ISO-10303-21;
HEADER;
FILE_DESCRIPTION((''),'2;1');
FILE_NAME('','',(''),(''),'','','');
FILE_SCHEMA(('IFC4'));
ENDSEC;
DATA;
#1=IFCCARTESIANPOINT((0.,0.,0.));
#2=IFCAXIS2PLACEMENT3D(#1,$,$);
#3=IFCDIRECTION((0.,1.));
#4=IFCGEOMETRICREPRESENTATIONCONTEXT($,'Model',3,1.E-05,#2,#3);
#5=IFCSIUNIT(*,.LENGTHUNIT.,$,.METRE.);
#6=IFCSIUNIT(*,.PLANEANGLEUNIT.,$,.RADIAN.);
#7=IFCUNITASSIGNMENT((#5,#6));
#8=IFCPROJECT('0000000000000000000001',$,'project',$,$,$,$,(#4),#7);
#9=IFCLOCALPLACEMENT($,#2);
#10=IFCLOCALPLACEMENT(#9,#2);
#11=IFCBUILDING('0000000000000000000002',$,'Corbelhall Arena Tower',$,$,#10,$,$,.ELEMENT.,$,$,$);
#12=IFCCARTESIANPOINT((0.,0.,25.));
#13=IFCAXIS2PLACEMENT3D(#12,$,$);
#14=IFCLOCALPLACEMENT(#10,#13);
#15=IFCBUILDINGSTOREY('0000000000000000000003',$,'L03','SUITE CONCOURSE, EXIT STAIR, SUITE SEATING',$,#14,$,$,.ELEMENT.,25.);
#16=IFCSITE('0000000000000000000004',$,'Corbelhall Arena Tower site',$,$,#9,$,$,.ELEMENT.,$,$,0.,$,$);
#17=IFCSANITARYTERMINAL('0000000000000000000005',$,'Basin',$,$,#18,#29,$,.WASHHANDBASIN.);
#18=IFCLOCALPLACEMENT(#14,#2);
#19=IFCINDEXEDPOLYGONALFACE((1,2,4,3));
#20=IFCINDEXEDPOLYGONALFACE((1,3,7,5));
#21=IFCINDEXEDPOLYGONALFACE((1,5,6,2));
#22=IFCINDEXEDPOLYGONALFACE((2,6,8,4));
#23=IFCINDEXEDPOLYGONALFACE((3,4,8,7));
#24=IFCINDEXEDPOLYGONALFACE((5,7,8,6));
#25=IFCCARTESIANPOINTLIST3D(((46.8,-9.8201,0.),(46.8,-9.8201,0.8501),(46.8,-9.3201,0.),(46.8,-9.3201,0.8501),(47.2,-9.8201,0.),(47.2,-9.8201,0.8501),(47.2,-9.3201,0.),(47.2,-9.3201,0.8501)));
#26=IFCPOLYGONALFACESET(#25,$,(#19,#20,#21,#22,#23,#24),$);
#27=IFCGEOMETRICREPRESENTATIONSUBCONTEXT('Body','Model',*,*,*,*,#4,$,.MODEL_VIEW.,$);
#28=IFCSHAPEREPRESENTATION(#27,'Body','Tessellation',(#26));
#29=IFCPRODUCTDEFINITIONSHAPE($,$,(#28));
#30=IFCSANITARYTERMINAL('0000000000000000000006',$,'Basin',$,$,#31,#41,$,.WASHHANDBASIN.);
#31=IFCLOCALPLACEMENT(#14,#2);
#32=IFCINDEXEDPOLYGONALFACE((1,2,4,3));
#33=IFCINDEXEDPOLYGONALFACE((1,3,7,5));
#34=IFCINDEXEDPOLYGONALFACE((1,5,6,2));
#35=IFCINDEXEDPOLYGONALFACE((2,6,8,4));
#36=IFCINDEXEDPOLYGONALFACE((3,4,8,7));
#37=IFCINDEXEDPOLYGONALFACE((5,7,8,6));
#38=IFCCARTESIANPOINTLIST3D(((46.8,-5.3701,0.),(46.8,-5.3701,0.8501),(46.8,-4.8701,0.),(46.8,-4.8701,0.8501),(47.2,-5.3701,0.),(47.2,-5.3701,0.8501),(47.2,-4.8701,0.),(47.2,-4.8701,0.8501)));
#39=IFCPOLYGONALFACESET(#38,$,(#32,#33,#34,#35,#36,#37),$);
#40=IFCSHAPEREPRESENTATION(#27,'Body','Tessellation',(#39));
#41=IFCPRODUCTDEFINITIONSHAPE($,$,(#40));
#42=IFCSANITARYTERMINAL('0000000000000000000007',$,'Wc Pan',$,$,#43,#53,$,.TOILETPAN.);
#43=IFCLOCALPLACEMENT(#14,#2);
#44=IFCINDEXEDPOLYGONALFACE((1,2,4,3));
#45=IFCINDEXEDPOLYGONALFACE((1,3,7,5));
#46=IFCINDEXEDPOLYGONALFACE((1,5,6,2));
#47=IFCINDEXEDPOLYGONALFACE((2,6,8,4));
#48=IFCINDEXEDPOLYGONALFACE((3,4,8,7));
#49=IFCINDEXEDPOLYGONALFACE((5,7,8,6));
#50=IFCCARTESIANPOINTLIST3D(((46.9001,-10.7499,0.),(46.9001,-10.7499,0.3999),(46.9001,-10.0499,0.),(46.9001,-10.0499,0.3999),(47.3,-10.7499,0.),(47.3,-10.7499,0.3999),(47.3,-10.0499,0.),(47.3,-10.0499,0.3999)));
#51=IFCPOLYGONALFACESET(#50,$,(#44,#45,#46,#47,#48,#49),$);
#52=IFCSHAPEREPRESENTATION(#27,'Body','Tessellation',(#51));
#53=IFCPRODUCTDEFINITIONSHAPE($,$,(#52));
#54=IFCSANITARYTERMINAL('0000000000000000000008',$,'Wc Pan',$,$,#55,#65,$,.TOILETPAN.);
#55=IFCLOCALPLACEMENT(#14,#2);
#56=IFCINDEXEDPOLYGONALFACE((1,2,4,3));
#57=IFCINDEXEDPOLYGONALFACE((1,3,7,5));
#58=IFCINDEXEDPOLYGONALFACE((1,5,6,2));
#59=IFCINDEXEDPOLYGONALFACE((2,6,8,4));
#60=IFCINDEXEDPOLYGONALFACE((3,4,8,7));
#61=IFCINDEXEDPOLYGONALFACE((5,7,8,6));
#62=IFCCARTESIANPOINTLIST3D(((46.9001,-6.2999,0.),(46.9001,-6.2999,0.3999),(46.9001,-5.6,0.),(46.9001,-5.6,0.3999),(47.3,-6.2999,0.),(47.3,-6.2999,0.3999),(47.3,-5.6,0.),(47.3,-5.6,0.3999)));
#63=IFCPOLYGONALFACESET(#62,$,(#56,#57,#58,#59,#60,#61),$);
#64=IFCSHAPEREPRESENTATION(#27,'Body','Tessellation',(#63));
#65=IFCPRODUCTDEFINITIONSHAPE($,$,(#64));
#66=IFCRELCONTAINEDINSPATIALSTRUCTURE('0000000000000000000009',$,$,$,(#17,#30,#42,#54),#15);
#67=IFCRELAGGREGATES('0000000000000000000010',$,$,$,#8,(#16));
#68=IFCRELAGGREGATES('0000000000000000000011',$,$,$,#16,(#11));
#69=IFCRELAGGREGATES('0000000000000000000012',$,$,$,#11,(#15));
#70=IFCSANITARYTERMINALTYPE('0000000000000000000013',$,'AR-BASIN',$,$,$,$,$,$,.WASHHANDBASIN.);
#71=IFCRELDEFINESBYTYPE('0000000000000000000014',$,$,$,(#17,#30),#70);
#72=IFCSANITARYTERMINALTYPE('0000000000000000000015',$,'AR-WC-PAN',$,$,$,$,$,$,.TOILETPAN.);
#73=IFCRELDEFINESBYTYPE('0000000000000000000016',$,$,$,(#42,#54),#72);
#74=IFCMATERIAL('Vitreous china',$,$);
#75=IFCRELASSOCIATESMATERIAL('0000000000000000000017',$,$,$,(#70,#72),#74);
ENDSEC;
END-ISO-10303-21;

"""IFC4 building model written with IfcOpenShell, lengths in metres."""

from ifc_helpers import new_model, si_unit, direction, frame, origin, origin_2d, place, context, subcontext, project, spatial, rectangle, extrude, material, type_object, element, save


model = new_model("IFC4")

# Units and contexts
model_context = context("Model", 3, precision=1e-05, world=origin(), true_north=direction((0.0, 1.0)))
body_context = subcontext(model_context, "Body", "Model", "MODEL_VIEW")
ifc_project = project(units=[si_unit("LENGTHUNIT", "METRE"), si_unit("PLANEANGLEUNIT", "RADIAN")], contexts=[model_context])

# Site, building, storey
site_placement = place(None, origin())
site = spatial("IfcSite", under=ifc_project, at=site_placement, Name="Corbelhall Arena Tower site", CompositionType="ELEMENT", RefElevation=0.0)
building_placement = place(site_placement, origin())
building = spatial("IfcBuilding", under=site, at=building_placement, Name="Corbelhall Arena Tower", CompositionType="ELEMENT")
storey_placement = place(building_placement, frame((0.0, 0.0, 25.0)))
storey = spatial("IfcBuildingStorey", under=building, at=storey_placement, Name="L03", Description="SUITE CONCOURSE, EXIT STAIR, SUITE SEATING", CompositionType="ELEMENT", Elevation=25.0)

# Sanitary terminals
ifc_material_1 = material(Name="Vitreous china")
sanitary_terminal_type_1 = type_object("IfcSanitaryTerminalType", Name="AR-BASIN", PredefinedType="WASHHANDBASIN", material=ifc_material_1)
for number, where, z_axis, x_axis, name in (
    (1, (47.0, -9.5701, 0.0), (0.0, 0.0, 1.0), (1.0, 0.0, 0.0), "Basin"),
    (2, (47.0, -5.1201, 0.0), (0.0, 0.0, 1.0), (1.0, 0.0, 0.0), "Basin"),
):
    element("IfcSanitaryTerminal", number, at=place(storey_placement, frame(where, z_axis=z_axis, x_axis=x_axis)), inside=storey, type_object=sanitary_terminal_type_1, Name=name, PredefinedType="WASHHANDBASIN", context=body_context, shape_type="SweptSolid", body=[
        extrude(rectangle(XDim=0.3999, YDim=0.5, at=origin_2d()), origin(), (0.0, 0.0, 1.0), 0.8501),
    ])
sanitary_terminal_type_2 = type_object("IfcSanitaryTerminalType", Name="AR-WC-PAN", PredefinedType="TOILETPAN", material=ifc_material_1)
for number, where, z_axis, x_axis, name in (
    (3, (47.1001, -10.3999, 0.0), (0.0, 0.0, 1.0), (1.0, 0.0, 0.0), "Wc Pan"),
    (4, (47.1001, -5.95, 0.0), (0.0, 0.0, 1.0), (1.0, 0.0, 0.0), "Wc Pan"),
):
    element("IfcSanitaryTerminal", number, at=place(storey_placement, frame(where, z_axis=z_axis, x_axis=x_axis)), inside=storey, type_object=sanitary_terminal_type_2, Name=name, PredefinedType="TOILETPAN", context=body_context, shape_type="SweptSolid", body=[
        extrude(rectangle(XDim=0.3999, YDim=0.7, at=origin_2d()), origin(), (0.0, 0.0, 1.0), 0.3999),
    ])

save(model, "model.ifc")
